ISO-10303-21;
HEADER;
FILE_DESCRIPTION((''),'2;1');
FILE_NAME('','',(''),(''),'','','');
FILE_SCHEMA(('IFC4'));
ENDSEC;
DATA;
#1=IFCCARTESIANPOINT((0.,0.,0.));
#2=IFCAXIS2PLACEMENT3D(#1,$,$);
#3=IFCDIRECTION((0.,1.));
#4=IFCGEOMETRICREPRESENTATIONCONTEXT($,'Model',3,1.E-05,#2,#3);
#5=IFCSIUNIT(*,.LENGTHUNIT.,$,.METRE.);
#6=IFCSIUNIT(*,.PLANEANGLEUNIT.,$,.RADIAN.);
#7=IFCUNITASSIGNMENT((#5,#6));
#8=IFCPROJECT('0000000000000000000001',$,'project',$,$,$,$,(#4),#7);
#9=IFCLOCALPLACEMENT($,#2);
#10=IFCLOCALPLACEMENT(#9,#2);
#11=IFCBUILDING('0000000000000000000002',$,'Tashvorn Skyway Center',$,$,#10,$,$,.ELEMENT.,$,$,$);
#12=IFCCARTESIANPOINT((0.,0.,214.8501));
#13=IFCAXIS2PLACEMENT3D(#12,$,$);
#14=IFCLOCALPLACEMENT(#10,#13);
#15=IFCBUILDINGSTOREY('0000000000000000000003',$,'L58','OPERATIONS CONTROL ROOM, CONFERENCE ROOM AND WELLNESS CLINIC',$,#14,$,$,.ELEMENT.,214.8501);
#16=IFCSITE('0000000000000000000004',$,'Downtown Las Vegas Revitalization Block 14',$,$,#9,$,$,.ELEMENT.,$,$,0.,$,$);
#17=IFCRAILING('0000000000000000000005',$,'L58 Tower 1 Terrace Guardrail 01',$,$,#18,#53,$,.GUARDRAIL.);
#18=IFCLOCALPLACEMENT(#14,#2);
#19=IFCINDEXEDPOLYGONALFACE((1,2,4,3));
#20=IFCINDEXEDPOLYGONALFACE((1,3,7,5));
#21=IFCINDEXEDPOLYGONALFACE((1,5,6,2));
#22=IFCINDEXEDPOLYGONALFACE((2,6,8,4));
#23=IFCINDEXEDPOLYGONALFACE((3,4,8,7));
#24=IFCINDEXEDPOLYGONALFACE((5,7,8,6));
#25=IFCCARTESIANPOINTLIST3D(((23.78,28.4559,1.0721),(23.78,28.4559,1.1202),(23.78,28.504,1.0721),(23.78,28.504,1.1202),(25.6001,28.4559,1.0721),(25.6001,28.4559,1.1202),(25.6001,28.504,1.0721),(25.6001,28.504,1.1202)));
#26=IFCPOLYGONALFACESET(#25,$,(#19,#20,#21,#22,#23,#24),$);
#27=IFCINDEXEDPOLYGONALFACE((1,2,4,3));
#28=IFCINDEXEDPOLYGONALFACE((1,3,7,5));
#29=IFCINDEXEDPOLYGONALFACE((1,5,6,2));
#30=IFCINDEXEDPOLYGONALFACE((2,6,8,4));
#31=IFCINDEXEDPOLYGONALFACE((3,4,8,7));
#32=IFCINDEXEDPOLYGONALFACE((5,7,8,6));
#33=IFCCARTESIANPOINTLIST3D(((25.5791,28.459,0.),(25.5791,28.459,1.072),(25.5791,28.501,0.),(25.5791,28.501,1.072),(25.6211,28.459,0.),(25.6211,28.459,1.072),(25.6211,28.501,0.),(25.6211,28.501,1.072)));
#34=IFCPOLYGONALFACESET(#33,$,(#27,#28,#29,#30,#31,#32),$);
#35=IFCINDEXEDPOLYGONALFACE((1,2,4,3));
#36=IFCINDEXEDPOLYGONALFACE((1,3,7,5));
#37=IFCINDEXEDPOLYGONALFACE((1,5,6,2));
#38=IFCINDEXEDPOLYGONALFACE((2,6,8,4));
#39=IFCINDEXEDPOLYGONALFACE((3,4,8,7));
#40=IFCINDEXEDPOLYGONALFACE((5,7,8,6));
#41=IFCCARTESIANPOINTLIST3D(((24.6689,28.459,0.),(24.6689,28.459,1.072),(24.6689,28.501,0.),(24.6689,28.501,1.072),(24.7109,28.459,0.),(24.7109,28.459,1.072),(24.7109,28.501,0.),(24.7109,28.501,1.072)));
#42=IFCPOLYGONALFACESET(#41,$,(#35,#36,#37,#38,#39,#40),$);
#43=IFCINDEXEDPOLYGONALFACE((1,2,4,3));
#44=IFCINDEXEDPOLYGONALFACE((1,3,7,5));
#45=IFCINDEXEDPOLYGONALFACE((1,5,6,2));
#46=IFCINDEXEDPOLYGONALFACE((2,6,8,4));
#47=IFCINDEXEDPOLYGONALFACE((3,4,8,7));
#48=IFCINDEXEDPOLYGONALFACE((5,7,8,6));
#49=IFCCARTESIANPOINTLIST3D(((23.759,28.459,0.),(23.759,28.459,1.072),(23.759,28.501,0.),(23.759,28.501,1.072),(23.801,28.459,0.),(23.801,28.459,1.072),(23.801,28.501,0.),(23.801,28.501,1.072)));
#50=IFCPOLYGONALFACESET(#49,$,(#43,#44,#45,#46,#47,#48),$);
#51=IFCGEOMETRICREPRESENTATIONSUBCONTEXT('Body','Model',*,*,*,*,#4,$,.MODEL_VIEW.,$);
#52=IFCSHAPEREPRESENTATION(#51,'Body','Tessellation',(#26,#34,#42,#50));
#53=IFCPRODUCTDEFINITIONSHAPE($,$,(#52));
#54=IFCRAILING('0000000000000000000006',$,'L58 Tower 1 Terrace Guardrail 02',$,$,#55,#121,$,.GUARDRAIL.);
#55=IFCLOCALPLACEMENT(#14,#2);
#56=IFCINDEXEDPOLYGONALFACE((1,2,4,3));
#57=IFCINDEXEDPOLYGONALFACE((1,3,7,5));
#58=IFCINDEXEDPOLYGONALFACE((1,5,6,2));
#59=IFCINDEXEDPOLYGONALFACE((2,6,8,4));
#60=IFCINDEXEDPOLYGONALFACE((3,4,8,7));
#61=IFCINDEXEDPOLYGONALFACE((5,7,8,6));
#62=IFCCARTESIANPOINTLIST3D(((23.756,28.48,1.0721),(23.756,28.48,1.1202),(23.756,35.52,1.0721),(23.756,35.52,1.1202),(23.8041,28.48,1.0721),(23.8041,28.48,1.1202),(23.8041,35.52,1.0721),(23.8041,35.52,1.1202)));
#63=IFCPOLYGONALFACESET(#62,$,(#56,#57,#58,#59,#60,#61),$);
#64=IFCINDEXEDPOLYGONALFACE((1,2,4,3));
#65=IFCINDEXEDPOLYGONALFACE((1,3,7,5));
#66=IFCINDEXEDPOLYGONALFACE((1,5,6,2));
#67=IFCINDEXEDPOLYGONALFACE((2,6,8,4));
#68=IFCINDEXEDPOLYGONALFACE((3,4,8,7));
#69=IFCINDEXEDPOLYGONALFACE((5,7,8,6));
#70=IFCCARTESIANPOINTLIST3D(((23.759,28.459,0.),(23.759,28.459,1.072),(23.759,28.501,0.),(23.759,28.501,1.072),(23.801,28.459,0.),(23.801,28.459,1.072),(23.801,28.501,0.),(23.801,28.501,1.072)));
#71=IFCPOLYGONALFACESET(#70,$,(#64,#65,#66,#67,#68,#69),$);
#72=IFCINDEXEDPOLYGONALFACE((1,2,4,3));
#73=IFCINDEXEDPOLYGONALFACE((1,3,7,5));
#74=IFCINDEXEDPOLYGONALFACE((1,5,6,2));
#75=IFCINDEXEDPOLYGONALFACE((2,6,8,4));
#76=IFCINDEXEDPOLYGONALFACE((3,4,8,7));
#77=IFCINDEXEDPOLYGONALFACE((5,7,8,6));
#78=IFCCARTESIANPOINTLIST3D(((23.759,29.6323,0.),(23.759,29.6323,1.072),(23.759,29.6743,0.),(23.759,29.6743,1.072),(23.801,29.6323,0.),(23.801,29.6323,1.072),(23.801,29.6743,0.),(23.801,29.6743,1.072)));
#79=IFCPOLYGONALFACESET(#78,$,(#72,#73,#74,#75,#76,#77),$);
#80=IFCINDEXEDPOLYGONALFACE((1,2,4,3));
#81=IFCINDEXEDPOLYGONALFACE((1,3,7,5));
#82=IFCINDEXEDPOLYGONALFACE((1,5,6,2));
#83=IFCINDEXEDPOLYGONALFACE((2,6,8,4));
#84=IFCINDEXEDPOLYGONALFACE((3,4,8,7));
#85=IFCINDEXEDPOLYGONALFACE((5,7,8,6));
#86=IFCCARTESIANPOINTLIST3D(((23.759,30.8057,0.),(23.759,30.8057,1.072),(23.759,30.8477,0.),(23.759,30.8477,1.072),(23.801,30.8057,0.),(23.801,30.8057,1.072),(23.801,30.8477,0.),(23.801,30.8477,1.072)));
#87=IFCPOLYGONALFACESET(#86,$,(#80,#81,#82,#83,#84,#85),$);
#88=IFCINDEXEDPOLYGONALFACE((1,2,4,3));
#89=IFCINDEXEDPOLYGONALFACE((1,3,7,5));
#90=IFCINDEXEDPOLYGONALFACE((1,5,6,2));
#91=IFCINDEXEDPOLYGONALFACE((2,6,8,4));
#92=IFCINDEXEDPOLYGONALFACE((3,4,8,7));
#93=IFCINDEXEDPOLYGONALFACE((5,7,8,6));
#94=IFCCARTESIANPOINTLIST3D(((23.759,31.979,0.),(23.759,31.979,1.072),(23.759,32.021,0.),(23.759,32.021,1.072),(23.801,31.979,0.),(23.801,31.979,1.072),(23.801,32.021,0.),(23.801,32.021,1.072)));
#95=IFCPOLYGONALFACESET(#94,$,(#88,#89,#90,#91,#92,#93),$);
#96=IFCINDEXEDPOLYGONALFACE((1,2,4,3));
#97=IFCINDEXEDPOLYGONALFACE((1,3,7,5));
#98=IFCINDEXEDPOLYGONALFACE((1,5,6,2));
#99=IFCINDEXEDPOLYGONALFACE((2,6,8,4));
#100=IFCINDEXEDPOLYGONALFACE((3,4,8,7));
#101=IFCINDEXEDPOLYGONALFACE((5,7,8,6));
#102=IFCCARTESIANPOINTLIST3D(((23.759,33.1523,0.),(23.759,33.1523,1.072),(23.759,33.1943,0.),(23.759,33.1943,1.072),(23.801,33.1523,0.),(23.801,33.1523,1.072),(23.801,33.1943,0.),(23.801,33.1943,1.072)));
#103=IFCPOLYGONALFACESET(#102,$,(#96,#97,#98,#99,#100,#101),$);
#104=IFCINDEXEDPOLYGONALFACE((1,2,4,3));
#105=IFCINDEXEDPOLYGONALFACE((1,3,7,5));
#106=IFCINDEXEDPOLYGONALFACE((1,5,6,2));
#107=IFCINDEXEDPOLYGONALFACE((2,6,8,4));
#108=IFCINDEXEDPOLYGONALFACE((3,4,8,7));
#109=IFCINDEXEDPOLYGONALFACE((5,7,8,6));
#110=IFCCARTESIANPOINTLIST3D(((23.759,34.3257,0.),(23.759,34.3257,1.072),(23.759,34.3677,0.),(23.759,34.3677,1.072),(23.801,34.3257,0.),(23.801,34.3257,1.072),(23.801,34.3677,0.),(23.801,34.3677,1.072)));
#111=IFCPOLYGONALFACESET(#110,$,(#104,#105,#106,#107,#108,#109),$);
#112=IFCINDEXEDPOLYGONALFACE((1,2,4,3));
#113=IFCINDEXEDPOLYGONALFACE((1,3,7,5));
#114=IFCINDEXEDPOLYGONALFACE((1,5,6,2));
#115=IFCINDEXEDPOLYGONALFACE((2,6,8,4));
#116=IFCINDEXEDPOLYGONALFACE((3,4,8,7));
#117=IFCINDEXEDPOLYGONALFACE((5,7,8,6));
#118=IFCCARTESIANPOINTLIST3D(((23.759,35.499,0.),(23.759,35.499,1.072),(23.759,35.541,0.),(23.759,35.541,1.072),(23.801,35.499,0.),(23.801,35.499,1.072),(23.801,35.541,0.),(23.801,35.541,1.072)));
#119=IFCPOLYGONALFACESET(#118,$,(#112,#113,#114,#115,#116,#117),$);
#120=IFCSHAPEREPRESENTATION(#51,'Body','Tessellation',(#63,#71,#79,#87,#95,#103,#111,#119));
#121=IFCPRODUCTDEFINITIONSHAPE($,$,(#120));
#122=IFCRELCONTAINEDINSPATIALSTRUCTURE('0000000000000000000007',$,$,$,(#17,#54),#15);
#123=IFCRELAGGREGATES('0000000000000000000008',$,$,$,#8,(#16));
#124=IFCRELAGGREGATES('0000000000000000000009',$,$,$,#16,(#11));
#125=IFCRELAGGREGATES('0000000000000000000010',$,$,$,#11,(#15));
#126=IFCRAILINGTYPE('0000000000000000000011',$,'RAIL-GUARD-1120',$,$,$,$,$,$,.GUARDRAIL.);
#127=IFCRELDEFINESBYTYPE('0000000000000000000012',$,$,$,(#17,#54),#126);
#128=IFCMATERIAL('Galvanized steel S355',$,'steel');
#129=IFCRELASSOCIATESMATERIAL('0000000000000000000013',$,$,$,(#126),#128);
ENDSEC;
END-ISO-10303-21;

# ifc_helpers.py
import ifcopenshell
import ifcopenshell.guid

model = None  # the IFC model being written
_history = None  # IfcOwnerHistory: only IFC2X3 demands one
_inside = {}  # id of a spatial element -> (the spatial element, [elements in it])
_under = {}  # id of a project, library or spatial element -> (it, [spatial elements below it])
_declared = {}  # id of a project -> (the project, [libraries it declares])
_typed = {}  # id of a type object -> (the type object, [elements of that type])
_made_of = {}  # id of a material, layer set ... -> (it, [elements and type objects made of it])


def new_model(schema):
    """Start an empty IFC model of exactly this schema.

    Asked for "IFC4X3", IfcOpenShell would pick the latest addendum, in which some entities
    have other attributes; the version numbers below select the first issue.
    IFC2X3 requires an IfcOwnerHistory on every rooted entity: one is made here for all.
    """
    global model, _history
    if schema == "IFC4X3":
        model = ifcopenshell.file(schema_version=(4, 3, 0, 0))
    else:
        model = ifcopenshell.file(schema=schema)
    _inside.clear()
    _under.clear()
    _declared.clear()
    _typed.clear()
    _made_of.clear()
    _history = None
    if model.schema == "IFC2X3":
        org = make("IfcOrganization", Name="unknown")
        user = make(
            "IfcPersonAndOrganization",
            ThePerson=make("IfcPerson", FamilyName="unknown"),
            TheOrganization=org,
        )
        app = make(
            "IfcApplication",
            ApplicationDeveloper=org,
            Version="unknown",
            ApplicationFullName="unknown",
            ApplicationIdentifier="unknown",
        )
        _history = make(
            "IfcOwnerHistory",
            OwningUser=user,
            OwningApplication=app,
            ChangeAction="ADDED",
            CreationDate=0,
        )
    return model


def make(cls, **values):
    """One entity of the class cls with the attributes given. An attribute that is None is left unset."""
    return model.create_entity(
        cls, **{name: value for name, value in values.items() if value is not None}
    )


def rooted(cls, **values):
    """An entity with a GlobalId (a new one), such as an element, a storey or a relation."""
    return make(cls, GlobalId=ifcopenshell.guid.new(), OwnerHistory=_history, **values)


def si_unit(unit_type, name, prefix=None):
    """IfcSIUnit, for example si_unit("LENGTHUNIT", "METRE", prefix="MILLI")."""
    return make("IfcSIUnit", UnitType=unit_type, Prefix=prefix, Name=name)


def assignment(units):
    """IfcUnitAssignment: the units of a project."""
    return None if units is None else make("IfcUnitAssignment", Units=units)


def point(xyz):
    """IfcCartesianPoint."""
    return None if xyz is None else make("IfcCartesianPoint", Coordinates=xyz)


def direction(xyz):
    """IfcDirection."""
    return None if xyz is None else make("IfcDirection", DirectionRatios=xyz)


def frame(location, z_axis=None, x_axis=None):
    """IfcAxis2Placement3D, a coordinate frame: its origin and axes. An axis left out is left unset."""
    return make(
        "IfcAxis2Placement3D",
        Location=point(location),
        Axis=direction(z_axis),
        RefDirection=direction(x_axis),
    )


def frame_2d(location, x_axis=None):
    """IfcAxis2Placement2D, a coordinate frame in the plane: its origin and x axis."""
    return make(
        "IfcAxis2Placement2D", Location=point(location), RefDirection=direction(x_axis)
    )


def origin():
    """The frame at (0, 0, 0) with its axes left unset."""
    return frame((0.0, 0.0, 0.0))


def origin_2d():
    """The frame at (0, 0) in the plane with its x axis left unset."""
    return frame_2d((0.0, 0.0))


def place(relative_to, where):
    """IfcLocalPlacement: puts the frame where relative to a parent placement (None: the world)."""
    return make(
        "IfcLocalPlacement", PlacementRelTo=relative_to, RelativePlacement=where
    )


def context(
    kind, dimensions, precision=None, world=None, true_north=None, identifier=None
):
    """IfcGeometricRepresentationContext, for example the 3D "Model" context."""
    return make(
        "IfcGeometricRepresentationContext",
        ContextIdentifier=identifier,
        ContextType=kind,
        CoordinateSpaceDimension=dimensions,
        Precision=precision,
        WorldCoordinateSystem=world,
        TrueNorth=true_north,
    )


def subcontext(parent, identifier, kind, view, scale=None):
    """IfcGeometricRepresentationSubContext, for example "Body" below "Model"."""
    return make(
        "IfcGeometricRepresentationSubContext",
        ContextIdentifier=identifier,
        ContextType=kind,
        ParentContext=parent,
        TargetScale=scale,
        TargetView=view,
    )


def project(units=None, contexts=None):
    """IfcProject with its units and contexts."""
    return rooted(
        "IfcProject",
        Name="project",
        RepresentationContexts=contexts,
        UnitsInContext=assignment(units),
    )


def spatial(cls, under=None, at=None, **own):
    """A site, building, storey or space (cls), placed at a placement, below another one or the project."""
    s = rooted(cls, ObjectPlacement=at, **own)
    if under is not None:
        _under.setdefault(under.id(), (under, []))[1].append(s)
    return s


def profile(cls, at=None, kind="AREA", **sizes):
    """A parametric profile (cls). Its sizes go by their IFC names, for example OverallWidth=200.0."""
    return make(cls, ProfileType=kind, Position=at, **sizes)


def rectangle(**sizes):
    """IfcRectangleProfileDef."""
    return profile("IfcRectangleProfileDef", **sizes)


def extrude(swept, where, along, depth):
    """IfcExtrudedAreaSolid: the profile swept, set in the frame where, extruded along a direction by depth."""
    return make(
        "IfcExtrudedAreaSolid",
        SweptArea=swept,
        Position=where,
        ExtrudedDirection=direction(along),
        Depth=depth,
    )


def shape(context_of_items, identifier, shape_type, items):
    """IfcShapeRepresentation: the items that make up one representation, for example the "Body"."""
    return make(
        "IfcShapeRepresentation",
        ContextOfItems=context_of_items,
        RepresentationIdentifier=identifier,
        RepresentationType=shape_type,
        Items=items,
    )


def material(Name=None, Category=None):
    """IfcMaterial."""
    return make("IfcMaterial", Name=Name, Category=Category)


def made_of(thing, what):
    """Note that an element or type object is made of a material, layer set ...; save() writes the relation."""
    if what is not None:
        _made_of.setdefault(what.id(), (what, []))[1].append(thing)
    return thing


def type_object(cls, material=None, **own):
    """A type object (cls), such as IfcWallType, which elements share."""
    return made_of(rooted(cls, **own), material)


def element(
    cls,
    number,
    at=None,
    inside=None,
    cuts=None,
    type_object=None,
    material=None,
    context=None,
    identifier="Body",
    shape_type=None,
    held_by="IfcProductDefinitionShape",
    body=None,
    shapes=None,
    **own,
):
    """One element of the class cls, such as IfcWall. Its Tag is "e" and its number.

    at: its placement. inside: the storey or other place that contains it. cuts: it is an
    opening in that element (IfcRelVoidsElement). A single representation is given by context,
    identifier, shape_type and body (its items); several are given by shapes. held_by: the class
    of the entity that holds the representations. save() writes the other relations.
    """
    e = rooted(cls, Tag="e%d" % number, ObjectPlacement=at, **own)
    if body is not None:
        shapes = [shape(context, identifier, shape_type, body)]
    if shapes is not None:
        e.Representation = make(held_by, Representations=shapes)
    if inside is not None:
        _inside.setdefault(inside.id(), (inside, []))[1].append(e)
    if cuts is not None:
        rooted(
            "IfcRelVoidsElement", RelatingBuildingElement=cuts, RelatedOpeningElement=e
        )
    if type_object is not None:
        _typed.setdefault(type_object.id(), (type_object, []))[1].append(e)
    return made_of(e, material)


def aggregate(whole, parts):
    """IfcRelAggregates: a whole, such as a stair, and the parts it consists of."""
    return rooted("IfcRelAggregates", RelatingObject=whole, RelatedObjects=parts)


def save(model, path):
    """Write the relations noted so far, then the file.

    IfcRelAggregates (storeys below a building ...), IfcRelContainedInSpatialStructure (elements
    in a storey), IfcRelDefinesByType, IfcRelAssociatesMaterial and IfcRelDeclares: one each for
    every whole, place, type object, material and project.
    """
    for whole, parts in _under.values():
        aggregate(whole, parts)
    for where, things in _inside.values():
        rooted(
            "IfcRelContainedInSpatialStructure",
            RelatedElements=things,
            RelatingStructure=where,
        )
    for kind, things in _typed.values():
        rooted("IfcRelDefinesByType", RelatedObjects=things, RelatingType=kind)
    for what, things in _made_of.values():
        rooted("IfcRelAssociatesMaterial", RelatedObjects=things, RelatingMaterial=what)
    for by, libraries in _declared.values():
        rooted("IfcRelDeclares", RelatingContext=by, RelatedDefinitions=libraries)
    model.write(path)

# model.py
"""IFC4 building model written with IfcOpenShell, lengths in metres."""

from ifc_helpers import new_model, si_unit, direction, frame, origin, origin_2d, place, context, subcontext, project, spatial, rectangle, extrude, material, type_object, element, save


model = new_model("IFC4")

# Units and contexts
model_context = context("Model", 3, precision=1e-05, world=origin(), true_north=direction((0.0, 1.0)))
body_context = subcontext(model_context, "Body", "Model", "MODEL_VIEW")
ifc_project = project(units=[si_unit("LENGTHUNIT", "METRE"), si_unit("PLANEANGLEUNIT", "RADIAN")], contexts=[model_context])

# Site, building, storey
site_placement = place(None, origin())
site = spatial("IfcSite", under=ifc_project, at=site_placement, Name="Downtown Las Vegas Revitalization Block 14", CompositionType="ELEMENT", RefElevation=0.0)
building_placement = place(site_placement, origin())
building = spatial("IfcBuilding", under=site, at=building_placement, Name="Tashvorn Skyway Center", CompositionType="ELEMENT")
storey_placement = place(building_placement, frame((0.0, 0.0, 214.8501)))
storey = spatial("IfcBuildingStorey", under=building, at=storey_placement, Name="L58", Description="OPERATIONS CONTROL ROOM, CONFERENCE ROOM AND WELLNESS CLINIC", CompositionType="ELEMENT", Elevation=214.8501)

# Railings
ifc_material_1 = material(Name="Galvanized steel S355", Category="steel")
railing_type = type_object("IfcRailingType", Name="RAIL-GUARD-1120", PredefinedType="GUARDRAIL", material=ifc_material_1)
railing_1_placement = place(storey_placement, frame((25.6001, 28.48, 0.0)))
element("IfcRailing", 1, at=railing_1_placement, inside=storey, type_object=railing_type, Name="L58 Tower 1 Terrace Guardrail 01", PredefinedType="GUARDRAIL", context=body_context, shape_type="SweptSolid", body=[
    extrude(rectangle(XDim=0.0481, YDim=0.0481, at=origin_2d()), frame((0.0, 0.0, 1.0962), z_axis=(-1.0, 0.0, 0.0), x_axis=(0.0, -1.0, 0.0)), (0.0, 0.0, 1.0), 1.8201),
    extrude(rectangle(XDim=0.042, YDim=0.042, at=origin_2d()), origin(), (0.0, 0.0, 1.0), 1.072),
    extrude(rectangle(XDim=0.042, YDim=0.042, at=origin_2d()), frame((-0.9102, 0.0, 0.0)), (0.0, 0.0, 1.0), 1.072),
    extrude(rectangle(XDim=0.042, YDim=0.042, at=origin_2d()), frame((-1.8201, 0.0, 0.0)), (0.0, 0.0, 1.0), 1.072),
])
railing_2_placement = place(storey_placement, frame((23.78, 28.48, 0.0)))
element("IfcRailing", 2, at=railing_2_placement, inside=storey, type_object=railing_type, Name="L58 Tower 1 Terrace Guardrail 02", PredefinedType="GUARDRAIL", context=body_context, shape_type="SweptSolid", body=[
    extrude(rectangle(XDim=0.0481, YDim=0.0481, at=origin_2d()), frame((0.0, 0.0, 1.0962), z_axis=(0.0, 1.0, 0.0), x_axis=(-1.0, 0.0, 0.0)), (0.0, 0.0, 1.0), 7.04),
    extrude(rectangle(XDim=0.042, YDim=0.042, at=origin_2d()), origin(), (0.0, 0.0, 1.0), 1.072),
    extrude(rectangle(XDim=0.042, YDim=0.042, at=origin_2d()), frame((0.0, 1.1733, 0.0)), (0.0, 0.0, 1.0), 1.072),
    extrude(rectangle(XDim=0.042, YDim=0.042, at=origin_2d()), frame((0.0, 2.3467, 0.0)), (0.0, 0.0, 1.0), 1.072),
    extrude(rectangle(XDim=0.042, YDim=0.042, at=origin_2d()), frame((0.0, 3.52, 0.0)), (0.0, 0.0, 1.0), 1.072),
    extrude(rectangle(XDim=0.042, YDim=0.042, at=origin_2d()), frame((0.0, 4.6934, 0.0)), (0.0, 0.0, 1.0), 1.072),
    extrude(rectangle(XDim=0.042, YDim=0.042, at=origin_2d()), frame((0.0, 5.8667, 0.0)), (0.0, 0.0, 1.0), 1.072),
    extrude(rectangle(XDim=0.042, YDim=0.042, at=origin_2d()), frame((0.0, 7.04, 0.0)), (0.0, 0.0, 1.0), 1.072),
])

save(model, "model.ifc")
